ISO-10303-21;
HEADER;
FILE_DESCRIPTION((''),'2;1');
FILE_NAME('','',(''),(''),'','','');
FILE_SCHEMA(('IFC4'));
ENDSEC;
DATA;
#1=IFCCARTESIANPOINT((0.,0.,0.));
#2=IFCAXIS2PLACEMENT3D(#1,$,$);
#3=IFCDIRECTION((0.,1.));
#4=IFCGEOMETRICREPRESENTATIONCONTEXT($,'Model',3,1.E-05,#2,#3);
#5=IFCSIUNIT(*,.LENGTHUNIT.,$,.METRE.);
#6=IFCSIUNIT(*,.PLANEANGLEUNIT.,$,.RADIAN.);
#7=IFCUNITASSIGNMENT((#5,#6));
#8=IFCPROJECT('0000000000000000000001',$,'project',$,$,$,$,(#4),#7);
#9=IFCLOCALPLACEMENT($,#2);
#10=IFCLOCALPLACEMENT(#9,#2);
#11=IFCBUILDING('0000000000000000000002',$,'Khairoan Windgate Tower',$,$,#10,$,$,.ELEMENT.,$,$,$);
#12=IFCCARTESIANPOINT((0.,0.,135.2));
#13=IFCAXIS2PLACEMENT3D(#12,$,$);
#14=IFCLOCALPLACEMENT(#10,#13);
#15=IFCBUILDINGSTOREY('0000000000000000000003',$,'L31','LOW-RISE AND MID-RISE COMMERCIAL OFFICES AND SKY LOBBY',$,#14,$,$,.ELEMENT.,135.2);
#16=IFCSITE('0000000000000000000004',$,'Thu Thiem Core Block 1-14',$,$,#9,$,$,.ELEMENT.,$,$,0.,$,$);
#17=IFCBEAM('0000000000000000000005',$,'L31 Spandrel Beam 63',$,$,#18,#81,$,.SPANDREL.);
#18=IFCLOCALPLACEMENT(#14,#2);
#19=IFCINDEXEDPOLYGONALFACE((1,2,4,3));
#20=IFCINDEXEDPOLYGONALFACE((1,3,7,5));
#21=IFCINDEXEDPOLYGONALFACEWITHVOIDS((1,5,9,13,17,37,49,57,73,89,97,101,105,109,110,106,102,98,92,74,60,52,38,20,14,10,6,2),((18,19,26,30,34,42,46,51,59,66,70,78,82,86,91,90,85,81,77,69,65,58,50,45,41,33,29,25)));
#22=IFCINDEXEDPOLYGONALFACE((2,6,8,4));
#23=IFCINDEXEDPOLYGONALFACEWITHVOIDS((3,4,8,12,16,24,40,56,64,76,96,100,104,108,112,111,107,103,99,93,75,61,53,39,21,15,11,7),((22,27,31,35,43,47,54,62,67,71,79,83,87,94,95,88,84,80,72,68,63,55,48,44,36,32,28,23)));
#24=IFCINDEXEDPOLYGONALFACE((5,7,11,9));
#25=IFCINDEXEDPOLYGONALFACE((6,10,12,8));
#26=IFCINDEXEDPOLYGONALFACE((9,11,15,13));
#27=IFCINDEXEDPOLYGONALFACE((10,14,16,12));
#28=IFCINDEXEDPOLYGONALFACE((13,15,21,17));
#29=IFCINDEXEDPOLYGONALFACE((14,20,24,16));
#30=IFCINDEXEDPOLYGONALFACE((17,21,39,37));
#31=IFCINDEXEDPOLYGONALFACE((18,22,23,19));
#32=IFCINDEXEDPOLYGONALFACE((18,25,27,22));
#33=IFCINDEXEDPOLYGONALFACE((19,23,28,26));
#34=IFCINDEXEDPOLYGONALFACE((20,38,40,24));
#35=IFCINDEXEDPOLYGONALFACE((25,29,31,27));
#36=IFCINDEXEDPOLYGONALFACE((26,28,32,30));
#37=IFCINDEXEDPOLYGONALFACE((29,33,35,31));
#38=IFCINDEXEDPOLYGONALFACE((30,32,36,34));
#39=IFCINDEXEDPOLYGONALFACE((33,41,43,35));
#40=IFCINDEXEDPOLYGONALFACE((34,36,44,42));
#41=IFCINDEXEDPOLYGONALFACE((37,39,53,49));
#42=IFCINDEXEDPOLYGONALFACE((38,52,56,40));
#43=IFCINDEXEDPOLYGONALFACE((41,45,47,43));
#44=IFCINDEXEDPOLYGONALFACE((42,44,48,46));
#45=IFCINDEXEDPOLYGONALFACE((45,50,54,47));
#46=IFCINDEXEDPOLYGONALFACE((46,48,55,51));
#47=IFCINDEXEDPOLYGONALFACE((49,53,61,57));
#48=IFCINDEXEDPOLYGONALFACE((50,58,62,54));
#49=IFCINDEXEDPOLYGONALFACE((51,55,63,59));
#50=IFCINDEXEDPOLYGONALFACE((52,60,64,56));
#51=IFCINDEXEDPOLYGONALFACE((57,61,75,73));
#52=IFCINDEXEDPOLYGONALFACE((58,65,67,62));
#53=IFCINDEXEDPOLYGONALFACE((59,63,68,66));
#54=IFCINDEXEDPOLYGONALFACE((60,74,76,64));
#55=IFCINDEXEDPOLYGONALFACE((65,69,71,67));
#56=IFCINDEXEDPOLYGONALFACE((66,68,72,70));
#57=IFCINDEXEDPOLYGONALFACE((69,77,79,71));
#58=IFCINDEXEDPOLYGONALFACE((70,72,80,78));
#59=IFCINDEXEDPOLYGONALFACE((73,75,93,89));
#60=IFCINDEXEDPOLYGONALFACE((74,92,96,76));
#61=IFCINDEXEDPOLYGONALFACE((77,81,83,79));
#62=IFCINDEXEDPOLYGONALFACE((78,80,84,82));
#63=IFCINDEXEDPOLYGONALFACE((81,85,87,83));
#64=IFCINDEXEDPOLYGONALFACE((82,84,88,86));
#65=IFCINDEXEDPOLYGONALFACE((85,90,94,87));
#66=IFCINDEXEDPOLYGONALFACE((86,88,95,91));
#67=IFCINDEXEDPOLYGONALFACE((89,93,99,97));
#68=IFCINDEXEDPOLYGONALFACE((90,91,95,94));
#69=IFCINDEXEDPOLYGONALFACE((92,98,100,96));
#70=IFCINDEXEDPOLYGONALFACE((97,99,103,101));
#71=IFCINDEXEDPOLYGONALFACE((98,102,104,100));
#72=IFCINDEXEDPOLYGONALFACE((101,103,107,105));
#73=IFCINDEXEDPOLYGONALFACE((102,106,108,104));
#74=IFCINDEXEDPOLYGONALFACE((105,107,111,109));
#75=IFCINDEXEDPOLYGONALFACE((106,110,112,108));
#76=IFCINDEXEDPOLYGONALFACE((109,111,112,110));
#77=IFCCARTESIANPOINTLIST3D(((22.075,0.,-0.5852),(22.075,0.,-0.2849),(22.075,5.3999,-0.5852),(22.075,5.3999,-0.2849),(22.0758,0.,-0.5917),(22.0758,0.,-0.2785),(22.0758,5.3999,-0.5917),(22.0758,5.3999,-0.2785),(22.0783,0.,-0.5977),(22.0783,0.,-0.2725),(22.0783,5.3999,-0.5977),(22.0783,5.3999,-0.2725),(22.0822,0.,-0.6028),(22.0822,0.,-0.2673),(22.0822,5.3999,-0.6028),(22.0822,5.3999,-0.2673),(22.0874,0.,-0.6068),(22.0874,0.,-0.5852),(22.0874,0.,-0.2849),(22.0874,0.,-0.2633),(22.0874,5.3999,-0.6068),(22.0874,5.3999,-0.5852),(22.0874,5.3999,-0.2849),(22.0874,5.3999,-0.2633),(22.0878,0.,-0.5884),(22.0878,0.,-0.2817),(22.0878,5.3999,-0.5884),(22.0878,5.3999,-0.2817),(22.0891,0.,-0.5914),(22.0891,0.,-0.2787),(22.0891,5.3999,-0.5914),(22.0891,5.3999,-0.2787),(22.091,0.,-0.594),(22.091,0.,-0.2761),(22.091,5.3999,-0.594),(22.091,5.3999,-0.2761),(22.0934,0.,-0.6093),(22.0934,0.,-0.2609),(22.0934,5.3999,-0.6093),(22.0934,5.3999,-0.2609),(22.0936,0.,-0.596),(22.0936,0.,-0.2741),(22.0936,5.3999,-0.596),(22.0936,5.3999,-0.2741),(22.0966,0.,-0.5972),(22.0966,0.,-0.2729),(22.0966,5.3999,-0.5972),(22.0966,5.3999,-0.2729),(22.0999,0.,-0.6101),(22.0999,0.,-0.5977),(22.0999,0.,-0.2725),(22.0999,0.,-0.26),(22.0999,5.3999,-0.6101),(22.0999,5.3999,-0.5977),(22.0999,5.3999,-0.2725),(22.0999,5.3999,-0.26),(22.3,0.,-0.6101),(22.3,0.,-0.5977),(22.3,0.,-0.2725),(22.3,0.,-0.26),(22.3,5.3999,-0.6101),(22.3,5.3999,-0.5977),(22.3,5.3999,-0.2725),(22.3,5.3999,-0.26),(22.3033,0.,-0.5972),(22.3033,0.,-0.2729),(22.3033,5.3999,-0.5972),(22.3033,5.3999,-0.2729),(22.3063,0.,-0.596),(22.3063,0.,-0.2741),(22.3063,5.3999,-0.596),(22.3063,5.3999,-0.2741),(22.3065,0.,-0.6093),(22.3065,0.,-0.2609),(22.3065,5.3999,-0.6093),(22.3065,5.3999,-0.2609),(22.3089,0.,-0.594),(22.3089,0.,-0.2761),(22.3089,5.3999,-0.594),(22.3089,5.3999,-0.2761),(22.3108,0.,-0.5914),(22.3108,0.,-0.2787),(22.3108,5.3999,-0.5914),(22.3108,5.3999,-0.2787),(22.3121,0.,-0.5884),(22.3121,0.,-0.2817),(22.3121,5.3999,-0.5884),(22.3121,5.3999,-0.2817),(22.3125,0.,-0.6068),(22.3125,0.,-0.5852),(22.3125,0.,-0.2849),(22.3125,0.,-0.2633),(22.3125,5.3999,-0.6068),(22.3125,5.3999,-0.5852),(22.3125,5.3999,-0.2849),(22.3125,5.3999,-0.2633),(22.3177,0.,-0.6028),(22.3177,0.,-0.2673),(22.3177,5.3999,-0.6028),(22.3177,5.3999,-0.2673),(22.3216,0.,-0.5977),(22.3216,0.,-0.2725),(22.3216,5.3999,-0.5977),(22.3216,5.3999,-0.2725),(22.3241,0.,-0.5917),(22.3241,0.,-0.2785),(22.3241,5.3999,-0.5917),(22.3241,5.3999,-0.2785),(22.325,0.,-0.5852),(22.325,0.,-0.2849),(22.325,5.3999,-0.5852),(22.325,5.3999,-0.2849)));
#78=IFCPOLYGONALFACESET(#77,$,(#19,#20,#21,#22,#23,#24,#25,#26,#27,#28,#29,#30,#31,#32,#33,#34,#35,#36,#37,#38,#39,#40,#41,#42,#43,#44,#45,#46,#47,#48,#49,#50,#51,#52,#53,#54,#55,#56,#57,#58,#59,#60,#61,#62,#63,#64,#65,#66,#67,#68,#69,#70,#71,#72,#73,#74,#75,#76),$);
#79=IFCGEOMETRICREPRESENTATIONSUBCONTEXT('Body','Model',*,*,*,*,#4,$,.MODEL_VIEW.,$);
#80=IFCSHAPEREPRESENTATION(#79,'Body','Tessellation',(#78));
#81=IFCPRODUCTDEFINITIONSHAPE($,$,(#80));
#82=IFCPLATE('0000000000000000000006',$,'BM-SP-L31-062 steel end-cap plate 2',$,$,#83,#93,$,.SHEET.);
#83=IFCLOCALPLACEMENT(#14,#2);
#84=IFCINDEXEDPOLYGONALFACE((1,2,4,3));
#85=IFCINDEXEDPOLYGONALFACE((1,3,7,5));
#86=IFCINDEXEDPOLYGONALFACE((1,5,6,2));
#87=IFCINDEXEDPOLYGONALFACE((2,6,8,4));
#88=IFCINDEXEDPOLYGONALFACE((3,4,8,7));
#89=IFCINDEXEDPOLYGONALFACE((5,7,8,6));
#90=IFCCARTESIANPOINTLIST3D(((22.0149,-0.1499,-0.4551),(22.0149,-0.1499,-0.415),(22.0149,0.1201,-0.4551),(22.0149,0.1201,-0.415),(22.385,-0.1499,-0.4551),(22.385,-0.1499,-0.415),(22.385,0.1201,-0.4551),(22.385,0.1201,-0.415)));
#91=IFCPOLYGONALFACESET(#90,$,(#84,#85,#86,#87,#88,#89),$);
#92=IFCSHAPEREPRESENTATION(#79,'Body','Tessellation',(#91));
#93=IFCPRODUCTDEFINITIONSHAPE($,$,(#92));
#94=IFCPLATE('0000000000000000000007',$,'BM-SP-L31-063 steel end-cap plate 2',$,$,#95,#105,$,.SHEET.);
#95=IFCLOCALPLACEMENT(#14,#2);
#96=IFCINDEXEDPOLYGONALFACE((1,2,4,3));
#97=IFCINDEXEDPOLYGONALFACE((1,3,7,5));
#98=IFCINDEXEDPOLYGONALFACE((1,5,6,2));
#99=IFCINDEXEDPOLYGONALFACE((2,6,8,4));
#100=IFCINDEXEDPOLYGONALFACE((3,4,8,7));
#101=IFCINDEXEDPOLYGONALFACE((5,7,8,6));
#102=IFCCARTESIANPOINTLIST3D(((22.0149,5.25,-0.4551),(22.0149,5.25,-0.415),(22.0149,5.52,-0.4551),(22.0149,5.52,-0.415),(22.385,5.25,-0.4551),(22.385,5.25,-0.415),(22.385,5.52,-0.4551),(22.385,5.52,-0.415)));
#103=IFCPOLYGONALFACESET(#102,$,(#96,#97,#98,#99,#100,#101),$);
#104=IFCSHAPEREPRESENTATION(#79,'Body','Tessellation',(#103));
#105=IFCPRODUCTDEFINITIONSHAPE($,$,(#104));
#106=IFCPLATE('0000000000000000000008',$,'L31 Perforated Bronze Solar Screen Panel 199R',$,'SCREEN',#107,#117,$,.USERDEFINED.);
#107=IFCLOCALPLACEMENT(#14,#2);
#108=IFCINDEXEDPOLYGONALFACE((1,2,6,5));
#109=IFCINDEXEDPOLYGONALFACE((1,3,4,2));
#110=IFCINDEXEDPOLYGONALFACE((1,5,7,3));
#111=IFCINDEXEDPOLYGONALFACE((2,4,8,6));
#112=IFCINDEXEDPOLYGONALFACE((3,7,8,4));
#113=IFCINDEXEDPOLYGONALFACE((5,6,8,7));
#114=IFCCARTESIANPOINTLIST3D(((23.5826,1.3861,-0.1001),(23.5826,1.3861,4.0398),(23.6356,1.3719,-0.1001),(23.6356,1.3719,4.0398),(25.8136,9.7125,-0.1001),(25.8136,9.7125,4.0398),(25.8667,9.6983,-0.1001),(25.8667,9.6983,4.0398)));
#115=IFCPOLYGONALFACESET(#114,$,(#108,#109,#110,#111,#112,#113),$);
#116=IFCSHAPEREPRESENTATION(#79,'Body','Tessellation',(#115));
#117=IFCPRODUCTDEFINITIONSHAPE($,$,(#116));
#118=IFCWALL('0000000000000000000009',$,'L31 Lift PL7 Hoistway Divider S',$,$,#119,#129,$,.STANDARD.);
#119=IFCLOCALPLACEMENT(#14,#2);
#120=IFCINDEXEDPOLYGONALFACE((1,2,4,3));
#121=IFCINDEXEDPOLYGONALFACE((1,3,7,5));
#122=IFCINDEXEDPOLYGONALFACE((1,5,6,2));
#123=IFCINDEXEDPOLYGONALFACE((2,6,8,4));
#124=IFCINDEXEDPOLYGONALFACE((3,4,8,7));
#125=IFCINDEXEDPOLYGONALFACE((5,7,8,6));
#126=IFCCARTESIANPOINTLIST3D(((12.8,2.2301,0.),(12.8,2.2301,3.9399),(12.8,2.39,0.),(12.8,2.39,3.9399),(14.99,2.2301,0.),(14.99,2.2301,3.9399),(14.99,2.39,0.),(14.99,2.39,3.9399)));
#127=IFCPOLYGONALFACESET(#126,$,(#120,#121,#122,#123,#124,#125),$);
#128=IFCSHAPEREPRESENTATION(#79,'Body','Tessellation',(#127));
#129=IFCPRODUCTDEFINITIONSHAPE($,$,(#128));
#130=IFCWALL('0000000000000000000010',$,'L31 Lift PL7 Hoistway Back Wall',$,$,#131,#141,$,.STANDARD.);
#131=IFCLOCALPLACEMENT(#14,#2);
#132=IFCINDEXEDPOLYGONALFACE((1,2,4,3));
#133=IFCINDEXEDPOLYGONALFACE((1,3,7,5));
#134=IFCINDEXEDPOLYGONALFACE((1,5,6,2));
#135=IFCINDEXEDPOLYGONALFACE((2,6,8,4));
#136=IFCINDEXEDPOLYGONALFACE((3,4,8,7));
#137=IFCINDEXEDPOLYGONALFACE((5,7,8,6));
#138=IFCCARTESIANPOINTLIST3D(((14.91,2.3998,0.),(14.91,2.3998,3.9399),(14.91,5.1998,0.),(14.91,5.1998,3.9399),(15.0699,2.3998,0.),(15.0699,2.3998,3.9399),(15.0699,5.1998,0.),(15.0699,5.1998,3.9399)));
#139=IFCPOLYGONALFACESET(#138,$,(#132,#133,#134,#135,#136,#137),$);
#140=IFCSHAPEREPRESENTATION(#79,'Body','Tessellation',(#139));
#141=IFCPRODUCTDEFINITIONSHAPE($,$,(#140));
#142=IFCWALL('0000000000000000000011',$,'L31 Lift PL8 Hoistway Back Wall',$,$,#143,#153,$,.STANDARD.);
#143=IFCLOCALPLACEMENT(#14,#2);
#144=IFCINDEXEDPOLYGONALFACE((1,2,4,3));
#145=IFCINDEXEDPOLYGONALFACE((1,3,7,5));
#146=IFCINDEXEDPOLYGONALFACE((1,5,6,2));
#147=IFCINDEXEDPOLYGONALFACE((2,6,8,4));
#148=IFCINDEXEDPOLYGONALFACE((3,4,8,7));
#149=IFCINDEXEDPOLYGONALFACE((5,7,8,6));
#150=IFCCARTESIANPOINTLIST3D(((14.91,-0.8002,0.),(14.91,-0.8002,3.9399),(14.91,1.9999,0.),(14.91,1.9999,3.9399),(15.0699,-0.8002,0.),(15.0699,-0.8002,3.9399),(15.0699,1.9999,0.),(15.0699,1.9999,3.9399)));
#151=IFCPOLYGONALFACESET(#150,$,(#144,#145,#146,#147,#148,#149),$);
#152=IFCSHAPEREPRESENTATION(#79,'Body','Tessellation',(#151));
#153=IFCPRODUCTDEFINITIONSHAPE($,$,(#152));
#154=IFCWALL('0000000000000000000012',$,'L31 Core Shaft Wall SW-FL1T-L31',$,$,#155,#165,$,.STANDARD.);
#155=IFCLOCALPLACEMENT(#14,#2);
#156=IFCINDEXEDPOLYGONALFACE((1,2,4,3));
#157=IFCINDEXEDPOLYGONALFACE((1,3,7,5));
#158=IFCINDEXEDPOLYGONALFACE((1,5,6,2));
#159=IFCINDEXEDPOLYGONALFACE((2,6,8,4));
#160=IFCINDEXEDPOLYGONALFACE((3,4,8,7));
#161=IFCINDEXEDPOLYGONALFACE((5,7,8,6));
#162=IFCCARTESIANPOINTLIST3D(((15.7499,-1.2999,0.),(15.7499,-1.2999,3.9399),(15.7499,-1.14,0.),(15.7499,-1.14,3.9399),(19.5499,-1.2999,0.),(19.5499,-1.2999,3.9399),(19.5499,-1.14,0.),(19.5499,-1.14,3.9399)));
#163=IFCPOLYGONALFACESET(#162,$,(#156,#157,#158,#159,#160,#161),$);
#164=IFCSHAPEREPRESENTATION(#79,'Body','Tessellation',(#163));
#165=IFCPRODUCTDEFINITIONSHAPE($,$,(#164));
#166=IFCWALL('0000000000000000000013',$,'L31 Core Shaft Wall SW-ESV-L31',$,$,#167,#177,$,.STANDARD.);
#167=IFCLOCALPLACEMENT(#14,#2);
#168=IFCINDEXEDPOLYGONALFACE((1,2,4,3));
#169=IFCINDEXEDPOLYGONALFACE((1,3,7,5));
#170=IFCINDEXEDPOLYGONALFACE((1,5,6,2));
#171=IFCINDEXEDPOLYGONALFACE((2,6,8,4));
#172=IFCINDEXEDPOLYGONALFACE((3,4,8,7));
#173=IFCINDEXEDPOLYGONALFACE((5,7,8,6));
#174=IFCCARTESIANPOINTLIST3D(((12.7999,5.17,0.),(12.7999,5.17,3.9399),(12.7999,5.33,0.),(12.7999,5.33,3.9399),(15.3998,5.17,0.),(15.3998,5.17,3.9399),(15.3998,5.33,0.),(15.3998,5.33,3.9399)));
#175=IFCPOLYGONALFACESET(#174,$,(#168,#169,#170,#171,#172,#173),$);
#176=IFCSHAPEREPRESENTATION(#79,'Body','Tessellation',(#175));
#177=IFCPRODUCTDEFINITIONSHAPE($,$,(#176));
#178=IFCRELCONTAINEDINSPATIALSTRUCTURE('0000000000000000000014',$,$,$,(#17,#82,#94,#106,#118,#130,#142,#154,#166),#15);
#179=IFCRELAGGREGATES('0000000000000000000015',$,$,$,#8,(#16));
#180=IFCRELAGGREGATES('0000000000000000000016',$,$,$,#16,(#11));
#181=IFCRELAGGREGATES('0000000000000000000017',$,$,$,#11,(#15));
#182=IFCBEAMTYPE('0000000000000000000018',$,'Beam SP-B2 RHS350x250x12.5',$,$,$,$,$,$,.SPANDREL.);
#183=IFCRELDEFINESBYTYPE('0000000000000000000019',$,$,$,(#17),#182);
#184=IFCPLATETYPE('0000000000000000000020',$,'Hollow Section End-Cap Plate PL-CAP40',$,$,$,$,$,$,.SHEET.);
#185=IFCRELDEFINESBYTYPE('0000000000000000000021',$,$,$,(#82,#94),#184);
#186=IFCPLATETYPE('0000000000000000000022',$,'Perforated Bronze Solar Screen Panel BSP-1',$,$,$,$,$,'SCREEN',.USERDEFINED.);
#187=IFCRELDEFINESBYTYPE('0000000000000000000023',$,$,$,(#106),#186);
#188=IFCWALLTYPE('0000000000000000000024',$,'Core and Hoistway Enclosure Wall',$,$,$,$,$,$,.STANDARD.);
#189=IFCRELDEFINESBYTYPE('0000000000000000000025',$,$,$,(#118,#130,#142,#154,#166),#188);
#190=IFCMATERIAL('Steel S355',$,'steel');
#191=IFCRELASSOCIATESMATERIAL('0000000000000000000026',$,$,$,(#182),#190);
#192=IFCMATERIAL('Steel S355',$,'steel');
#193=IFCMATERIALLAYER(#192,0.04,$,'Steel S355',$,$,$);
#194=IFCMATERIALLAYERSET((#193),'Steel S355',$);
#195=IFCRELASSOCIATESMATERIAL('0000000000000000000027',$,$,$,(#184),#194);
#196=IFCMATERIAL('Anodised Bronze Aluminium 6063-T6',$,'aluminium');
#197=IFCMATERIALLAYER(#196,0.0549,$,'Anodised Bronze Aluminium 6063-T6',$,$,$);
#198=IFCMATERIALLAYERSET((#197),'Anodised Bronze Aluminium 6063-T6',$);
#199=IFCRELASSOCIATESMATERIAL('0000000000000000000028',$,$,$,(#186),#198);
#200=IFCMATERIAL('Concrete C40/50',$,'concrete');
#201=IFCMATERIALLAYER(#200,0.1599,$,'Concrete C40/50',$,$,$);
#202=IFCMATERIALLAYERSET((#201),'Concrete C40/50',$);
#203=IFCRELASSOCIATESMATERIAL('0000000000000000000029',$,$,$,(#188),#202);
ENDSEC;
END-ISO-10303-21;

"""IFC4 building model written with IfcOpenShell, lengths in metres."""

from ifc_helpers import new_model, si_unit, direction, frame, frame_2d, origin, origin_2d, place, context, subcontext, project, spatial, rectangle, hollow_rectangle, extrude, material, layer, layer_set, material_profile, profile_set, type_object, element, save


model = new_model("IFC4")

# Units and contexts
model_context = context("Model", 3, precision=1e-05, world=origin(), true_north=direction((0.0, 1.0)))
body_context = subcontext(model_context, "Body", "Model", "MODEL_VIEW")
ifc_project = project(units=[si_unit("LENGTHUNIT", "METRE"), si_unit("PLANEANGLEUNIT", "RADIAN")], contexts=[model_context])

# Site, building, storey
site_placement = place(None, origin())
site = spatial("IfcSite", under=ifc_project, at=site_placement, Name="Thu Thiem Core Block 1-14", CompositionType="ELEMENT", RefElevation=0.0)
building_placement = place(site_placement, origin())
building = spatial("IfcBuilding", under=site, at=building_placement, Name="Khairoan Windgate Tower", CompositionType="ELEMENT")
storey_placement = place(building_placement, frame((0.0, 0.0, 135.2)))
storey = spatial("IfcBuildingStorey", under=building, at=storey_placement, Name="L31", Description="LOW-RISE AND MID-RISE COMMERCIAL OFFICES AND SKY LOBBY", CompositionType="ELEMENT", Elevation=135.2)

# Beam
ifc_material_1 = material(Name="Steel S355", Category="steel")
ifc_material_profile_1 = material_profile(ifc_material_1, hollow_rectangle(XDim=0.25, YDim=0.3501, WallThickness=0.0125, InnerFilletRadius=0.0125, OuterFilletRadius=0.0249, at=origin_2d()))
ifc_profile_set_1 = profile_set([ifc_material_profile_1], Name="Steel S355")
beam_type_1 = type_object("IfcBeamType", Name="Beam SP-B2 RHS350x250x12.5", PredefinedType="SPANDREL", material=ifc_profile_set_1)
beam_1_placement = place(storey_placement, frame((22.2, 0.0, -0.4351), z_axis=(0.0, 1.0, 0.0), x_axis=(-1.0, 0.0, 0.0)))
element("IfcBeam", 1, at=beam_1_placement, inside=storey, type_object=beam_type_1, Name="L31 Spandrel Beam 63", PredefinedType="SPANDREL", context=body_context, shape_type="SweptSolid", body=[
    extrude(hollow_rectangle(XDim=0.25, YDim=0.3501, WallThickness=0.0125, InnerFilletRadius=0.0125, OuterFilletRadius=0.0249, at=origin_2d()), origin(), (0.0, 0.0, 1.0), 5.3999),
])

# Plates
ifc_material_2 = material(Name="Steel S355", Category="steel")
ifc_layer_1 = layer(ifc_material_2, 0.04, Name="Steel S355")
ifc_layer_set_1 = layer_set([ifc_layer_1], Name="Steel S355")
plate_type_1 = type_object("IfcPlateType", Name="Hollow Section End-Cap Plate PL-CAP40", PredefinedType="SHEET", material=ifc_layer_set_1)
for number, where, z_axis, x_axis, name in (
    (2, (22.2, -0.0149, -0.4551), (0.0, 0.0, 1.0), (0.0, 1.0, 0.0), "BM-SP-L31-062 steel end-cap plate 2"),
    (3, (22.2, 5.385, -0.4551), (0.0, 0.0, 1.0), (0.0, 1.0, 0.0), "BM-SP-L31-063 steel end-cap plate 2"),
):
    element("IfcPlate", number, at=place(storey_placement, frame(where, z_axis=z_axis, x_axis=x_axis)), inside=storey, type_object=plate_type_1, Name=name, PredefinedType="SHEET", context=body_context, shape_type="SweptSolid", body=[
        extrude(rectangle(XDim=0.27, YDim=0.3701, at=origin_2d()), origin(), (0.0, 0.0, 1.0), 0.04),
    ])
ifc_material_3 = material(Name="Anodised Bronze Aluminium 6063-T6", Category="aluminium")
ifc_layer_2 = layer(ifc_material_3, 0.0549, Name="Anodised Bronze Aluminium 6063-T6")
ifc_layer_set_2 = layer_set([ifc_layer_2], Name="Anodised Bronze Aluminium 6063-T6")
plate_type_2 = type_object("IfcPlateType", Name="Perforated Bronze Solar Screen Panel BSP-1", ElementType="SCREEN", PredefinedType="USERDEFINED", material=ifc_layer_set_2)
plate_placement = place(storey_placement, frame((24.7246, 5.5422, -0.1001), z_axis=(0.0, 0.0, 1.0), x_axis=(-0.258819, -0.965926, 0.0)))
element("IfcPlate", 4, at=plate_placement, inside=storey, type_object=plate_type_2, Name="L31 Perforated Bronze Solar Screen Panel 199R", ObjectType="SCREEN", PredefinedType="USERDEFINED", context=body_context, shape_type="SweptSolid", body=[
    extrude(rectangle(XDim=8.6201, YDim=0.0549, at=origin_2d()), origin(), (0.0, 0.0, 1.0), 4.1399),
])

# Walls
ifc_material_4 = material(Name="Concrete C40/50", Category="concrete")
ifc_layer_3 = layer(ifc_material_4, 0.1599, Name="Concrete C40/50")
ifc_layer_set_3 = layer_set([ifc_layer_3], Name="Concrete C40/50")
wall_type_1 = type_object("IfcWallType", Name="Core and Hoistway Enclosure Wall", PredefinedType="STANDARD", material=ifc_layer_set_3)
wall_1_placement = place(storey_placement, frame((12.8, 2.3101, 0.0), z_axis=(0.0, 0.0, 1.0), x_axis=(1.0, 0.0, 0.0)))
element("IfcWall", 5, at=wall_1_placement, inside=storey, type_object=wall_type_1, Name="L31 Lift PL7 Hoistway Divider S", PredefinedType="STANDARD", context=body_context, shape_type="SweptSolid", body=[
    extrude(rectangle(XDim=2.1899, YDim=0.1599, at=frame_2d((1.095, 0.0))), origin(), (0.0, 0.0, 1.0), 3.9399),
])
for number, where, z_axis, x_axis, name in (
    (6, (14.99, 2.3999, 0.0), (0.0, 0.0, 1.0), (0.0, 1.0, 0.0), "L31 Lift PL7 Hoistway Back Wall"),
    (7, (14.99, -0.8, 0.0), (0.0, 0.0, 1.0), (0.0, 1.0, 0.0), "L31 Lift PL8 Hoistway Back Wall"),
):
    element("IfcWall", number, at=place(storey_placement, frame(where, z_axis=z_axis, x_axis=x_axis)), inside=storey, type_object=wall_type_1, Name=name, PredefinedType="STANDARD", context=body_context, shape_type="SweptSolid", body=[
        extrude(rectangle(XDim=2.8, YDim=0.1599, at=frame_2d((1.3999, 0.0))), origin(), (0.0, 0.0, 1.0), 3.9399),
    ])
wall_2_placement = place(storey_placement, frame((15.75, -1.22, 0.0), z_axis=(0.0, 0.0, 1.0), x_axis=(1.0, 0.0, 0.0)))
element("IfcWall", 8, at=wall_2_placement, inside=storey, type_object=wall_type_1, Name="L31 Core Shaft Wall SW-FL1T-L31", PredefinedType="STANDARD", context=body_context, shape_type="SweptSolid", body=[
    extrude(rectangle(XDim=3.8, YDim=0.1599, at=frame_2d((1.8999, 0.0))), origin(), (0.0, 0.0, 1.0), 3.9399),
])
wall_3_placement = place(storey_placement, frame((12.8, 5.25, 0.0), z_axis=(0.0, 0.0, 1.0), x_axis=(1.0, 0.0, 0.0)))
element("IfcWall", 9, at=wall_3_placement, inside=storey, type_object=wall_type_1, Name="L31 Core Shaft Wall SW-ESV-L31", PredefinedType="STANDARD", context=body_context, shape_type="SweptSolid", body=[
    extrude(rectangle(XDim=2.5999, YDim=0.1599, at=frame_2d((1.2998, 0.0))), origin(), (0.0, 0.0, 1.0), 3.9399),
])

save(model, "model.ifc")
